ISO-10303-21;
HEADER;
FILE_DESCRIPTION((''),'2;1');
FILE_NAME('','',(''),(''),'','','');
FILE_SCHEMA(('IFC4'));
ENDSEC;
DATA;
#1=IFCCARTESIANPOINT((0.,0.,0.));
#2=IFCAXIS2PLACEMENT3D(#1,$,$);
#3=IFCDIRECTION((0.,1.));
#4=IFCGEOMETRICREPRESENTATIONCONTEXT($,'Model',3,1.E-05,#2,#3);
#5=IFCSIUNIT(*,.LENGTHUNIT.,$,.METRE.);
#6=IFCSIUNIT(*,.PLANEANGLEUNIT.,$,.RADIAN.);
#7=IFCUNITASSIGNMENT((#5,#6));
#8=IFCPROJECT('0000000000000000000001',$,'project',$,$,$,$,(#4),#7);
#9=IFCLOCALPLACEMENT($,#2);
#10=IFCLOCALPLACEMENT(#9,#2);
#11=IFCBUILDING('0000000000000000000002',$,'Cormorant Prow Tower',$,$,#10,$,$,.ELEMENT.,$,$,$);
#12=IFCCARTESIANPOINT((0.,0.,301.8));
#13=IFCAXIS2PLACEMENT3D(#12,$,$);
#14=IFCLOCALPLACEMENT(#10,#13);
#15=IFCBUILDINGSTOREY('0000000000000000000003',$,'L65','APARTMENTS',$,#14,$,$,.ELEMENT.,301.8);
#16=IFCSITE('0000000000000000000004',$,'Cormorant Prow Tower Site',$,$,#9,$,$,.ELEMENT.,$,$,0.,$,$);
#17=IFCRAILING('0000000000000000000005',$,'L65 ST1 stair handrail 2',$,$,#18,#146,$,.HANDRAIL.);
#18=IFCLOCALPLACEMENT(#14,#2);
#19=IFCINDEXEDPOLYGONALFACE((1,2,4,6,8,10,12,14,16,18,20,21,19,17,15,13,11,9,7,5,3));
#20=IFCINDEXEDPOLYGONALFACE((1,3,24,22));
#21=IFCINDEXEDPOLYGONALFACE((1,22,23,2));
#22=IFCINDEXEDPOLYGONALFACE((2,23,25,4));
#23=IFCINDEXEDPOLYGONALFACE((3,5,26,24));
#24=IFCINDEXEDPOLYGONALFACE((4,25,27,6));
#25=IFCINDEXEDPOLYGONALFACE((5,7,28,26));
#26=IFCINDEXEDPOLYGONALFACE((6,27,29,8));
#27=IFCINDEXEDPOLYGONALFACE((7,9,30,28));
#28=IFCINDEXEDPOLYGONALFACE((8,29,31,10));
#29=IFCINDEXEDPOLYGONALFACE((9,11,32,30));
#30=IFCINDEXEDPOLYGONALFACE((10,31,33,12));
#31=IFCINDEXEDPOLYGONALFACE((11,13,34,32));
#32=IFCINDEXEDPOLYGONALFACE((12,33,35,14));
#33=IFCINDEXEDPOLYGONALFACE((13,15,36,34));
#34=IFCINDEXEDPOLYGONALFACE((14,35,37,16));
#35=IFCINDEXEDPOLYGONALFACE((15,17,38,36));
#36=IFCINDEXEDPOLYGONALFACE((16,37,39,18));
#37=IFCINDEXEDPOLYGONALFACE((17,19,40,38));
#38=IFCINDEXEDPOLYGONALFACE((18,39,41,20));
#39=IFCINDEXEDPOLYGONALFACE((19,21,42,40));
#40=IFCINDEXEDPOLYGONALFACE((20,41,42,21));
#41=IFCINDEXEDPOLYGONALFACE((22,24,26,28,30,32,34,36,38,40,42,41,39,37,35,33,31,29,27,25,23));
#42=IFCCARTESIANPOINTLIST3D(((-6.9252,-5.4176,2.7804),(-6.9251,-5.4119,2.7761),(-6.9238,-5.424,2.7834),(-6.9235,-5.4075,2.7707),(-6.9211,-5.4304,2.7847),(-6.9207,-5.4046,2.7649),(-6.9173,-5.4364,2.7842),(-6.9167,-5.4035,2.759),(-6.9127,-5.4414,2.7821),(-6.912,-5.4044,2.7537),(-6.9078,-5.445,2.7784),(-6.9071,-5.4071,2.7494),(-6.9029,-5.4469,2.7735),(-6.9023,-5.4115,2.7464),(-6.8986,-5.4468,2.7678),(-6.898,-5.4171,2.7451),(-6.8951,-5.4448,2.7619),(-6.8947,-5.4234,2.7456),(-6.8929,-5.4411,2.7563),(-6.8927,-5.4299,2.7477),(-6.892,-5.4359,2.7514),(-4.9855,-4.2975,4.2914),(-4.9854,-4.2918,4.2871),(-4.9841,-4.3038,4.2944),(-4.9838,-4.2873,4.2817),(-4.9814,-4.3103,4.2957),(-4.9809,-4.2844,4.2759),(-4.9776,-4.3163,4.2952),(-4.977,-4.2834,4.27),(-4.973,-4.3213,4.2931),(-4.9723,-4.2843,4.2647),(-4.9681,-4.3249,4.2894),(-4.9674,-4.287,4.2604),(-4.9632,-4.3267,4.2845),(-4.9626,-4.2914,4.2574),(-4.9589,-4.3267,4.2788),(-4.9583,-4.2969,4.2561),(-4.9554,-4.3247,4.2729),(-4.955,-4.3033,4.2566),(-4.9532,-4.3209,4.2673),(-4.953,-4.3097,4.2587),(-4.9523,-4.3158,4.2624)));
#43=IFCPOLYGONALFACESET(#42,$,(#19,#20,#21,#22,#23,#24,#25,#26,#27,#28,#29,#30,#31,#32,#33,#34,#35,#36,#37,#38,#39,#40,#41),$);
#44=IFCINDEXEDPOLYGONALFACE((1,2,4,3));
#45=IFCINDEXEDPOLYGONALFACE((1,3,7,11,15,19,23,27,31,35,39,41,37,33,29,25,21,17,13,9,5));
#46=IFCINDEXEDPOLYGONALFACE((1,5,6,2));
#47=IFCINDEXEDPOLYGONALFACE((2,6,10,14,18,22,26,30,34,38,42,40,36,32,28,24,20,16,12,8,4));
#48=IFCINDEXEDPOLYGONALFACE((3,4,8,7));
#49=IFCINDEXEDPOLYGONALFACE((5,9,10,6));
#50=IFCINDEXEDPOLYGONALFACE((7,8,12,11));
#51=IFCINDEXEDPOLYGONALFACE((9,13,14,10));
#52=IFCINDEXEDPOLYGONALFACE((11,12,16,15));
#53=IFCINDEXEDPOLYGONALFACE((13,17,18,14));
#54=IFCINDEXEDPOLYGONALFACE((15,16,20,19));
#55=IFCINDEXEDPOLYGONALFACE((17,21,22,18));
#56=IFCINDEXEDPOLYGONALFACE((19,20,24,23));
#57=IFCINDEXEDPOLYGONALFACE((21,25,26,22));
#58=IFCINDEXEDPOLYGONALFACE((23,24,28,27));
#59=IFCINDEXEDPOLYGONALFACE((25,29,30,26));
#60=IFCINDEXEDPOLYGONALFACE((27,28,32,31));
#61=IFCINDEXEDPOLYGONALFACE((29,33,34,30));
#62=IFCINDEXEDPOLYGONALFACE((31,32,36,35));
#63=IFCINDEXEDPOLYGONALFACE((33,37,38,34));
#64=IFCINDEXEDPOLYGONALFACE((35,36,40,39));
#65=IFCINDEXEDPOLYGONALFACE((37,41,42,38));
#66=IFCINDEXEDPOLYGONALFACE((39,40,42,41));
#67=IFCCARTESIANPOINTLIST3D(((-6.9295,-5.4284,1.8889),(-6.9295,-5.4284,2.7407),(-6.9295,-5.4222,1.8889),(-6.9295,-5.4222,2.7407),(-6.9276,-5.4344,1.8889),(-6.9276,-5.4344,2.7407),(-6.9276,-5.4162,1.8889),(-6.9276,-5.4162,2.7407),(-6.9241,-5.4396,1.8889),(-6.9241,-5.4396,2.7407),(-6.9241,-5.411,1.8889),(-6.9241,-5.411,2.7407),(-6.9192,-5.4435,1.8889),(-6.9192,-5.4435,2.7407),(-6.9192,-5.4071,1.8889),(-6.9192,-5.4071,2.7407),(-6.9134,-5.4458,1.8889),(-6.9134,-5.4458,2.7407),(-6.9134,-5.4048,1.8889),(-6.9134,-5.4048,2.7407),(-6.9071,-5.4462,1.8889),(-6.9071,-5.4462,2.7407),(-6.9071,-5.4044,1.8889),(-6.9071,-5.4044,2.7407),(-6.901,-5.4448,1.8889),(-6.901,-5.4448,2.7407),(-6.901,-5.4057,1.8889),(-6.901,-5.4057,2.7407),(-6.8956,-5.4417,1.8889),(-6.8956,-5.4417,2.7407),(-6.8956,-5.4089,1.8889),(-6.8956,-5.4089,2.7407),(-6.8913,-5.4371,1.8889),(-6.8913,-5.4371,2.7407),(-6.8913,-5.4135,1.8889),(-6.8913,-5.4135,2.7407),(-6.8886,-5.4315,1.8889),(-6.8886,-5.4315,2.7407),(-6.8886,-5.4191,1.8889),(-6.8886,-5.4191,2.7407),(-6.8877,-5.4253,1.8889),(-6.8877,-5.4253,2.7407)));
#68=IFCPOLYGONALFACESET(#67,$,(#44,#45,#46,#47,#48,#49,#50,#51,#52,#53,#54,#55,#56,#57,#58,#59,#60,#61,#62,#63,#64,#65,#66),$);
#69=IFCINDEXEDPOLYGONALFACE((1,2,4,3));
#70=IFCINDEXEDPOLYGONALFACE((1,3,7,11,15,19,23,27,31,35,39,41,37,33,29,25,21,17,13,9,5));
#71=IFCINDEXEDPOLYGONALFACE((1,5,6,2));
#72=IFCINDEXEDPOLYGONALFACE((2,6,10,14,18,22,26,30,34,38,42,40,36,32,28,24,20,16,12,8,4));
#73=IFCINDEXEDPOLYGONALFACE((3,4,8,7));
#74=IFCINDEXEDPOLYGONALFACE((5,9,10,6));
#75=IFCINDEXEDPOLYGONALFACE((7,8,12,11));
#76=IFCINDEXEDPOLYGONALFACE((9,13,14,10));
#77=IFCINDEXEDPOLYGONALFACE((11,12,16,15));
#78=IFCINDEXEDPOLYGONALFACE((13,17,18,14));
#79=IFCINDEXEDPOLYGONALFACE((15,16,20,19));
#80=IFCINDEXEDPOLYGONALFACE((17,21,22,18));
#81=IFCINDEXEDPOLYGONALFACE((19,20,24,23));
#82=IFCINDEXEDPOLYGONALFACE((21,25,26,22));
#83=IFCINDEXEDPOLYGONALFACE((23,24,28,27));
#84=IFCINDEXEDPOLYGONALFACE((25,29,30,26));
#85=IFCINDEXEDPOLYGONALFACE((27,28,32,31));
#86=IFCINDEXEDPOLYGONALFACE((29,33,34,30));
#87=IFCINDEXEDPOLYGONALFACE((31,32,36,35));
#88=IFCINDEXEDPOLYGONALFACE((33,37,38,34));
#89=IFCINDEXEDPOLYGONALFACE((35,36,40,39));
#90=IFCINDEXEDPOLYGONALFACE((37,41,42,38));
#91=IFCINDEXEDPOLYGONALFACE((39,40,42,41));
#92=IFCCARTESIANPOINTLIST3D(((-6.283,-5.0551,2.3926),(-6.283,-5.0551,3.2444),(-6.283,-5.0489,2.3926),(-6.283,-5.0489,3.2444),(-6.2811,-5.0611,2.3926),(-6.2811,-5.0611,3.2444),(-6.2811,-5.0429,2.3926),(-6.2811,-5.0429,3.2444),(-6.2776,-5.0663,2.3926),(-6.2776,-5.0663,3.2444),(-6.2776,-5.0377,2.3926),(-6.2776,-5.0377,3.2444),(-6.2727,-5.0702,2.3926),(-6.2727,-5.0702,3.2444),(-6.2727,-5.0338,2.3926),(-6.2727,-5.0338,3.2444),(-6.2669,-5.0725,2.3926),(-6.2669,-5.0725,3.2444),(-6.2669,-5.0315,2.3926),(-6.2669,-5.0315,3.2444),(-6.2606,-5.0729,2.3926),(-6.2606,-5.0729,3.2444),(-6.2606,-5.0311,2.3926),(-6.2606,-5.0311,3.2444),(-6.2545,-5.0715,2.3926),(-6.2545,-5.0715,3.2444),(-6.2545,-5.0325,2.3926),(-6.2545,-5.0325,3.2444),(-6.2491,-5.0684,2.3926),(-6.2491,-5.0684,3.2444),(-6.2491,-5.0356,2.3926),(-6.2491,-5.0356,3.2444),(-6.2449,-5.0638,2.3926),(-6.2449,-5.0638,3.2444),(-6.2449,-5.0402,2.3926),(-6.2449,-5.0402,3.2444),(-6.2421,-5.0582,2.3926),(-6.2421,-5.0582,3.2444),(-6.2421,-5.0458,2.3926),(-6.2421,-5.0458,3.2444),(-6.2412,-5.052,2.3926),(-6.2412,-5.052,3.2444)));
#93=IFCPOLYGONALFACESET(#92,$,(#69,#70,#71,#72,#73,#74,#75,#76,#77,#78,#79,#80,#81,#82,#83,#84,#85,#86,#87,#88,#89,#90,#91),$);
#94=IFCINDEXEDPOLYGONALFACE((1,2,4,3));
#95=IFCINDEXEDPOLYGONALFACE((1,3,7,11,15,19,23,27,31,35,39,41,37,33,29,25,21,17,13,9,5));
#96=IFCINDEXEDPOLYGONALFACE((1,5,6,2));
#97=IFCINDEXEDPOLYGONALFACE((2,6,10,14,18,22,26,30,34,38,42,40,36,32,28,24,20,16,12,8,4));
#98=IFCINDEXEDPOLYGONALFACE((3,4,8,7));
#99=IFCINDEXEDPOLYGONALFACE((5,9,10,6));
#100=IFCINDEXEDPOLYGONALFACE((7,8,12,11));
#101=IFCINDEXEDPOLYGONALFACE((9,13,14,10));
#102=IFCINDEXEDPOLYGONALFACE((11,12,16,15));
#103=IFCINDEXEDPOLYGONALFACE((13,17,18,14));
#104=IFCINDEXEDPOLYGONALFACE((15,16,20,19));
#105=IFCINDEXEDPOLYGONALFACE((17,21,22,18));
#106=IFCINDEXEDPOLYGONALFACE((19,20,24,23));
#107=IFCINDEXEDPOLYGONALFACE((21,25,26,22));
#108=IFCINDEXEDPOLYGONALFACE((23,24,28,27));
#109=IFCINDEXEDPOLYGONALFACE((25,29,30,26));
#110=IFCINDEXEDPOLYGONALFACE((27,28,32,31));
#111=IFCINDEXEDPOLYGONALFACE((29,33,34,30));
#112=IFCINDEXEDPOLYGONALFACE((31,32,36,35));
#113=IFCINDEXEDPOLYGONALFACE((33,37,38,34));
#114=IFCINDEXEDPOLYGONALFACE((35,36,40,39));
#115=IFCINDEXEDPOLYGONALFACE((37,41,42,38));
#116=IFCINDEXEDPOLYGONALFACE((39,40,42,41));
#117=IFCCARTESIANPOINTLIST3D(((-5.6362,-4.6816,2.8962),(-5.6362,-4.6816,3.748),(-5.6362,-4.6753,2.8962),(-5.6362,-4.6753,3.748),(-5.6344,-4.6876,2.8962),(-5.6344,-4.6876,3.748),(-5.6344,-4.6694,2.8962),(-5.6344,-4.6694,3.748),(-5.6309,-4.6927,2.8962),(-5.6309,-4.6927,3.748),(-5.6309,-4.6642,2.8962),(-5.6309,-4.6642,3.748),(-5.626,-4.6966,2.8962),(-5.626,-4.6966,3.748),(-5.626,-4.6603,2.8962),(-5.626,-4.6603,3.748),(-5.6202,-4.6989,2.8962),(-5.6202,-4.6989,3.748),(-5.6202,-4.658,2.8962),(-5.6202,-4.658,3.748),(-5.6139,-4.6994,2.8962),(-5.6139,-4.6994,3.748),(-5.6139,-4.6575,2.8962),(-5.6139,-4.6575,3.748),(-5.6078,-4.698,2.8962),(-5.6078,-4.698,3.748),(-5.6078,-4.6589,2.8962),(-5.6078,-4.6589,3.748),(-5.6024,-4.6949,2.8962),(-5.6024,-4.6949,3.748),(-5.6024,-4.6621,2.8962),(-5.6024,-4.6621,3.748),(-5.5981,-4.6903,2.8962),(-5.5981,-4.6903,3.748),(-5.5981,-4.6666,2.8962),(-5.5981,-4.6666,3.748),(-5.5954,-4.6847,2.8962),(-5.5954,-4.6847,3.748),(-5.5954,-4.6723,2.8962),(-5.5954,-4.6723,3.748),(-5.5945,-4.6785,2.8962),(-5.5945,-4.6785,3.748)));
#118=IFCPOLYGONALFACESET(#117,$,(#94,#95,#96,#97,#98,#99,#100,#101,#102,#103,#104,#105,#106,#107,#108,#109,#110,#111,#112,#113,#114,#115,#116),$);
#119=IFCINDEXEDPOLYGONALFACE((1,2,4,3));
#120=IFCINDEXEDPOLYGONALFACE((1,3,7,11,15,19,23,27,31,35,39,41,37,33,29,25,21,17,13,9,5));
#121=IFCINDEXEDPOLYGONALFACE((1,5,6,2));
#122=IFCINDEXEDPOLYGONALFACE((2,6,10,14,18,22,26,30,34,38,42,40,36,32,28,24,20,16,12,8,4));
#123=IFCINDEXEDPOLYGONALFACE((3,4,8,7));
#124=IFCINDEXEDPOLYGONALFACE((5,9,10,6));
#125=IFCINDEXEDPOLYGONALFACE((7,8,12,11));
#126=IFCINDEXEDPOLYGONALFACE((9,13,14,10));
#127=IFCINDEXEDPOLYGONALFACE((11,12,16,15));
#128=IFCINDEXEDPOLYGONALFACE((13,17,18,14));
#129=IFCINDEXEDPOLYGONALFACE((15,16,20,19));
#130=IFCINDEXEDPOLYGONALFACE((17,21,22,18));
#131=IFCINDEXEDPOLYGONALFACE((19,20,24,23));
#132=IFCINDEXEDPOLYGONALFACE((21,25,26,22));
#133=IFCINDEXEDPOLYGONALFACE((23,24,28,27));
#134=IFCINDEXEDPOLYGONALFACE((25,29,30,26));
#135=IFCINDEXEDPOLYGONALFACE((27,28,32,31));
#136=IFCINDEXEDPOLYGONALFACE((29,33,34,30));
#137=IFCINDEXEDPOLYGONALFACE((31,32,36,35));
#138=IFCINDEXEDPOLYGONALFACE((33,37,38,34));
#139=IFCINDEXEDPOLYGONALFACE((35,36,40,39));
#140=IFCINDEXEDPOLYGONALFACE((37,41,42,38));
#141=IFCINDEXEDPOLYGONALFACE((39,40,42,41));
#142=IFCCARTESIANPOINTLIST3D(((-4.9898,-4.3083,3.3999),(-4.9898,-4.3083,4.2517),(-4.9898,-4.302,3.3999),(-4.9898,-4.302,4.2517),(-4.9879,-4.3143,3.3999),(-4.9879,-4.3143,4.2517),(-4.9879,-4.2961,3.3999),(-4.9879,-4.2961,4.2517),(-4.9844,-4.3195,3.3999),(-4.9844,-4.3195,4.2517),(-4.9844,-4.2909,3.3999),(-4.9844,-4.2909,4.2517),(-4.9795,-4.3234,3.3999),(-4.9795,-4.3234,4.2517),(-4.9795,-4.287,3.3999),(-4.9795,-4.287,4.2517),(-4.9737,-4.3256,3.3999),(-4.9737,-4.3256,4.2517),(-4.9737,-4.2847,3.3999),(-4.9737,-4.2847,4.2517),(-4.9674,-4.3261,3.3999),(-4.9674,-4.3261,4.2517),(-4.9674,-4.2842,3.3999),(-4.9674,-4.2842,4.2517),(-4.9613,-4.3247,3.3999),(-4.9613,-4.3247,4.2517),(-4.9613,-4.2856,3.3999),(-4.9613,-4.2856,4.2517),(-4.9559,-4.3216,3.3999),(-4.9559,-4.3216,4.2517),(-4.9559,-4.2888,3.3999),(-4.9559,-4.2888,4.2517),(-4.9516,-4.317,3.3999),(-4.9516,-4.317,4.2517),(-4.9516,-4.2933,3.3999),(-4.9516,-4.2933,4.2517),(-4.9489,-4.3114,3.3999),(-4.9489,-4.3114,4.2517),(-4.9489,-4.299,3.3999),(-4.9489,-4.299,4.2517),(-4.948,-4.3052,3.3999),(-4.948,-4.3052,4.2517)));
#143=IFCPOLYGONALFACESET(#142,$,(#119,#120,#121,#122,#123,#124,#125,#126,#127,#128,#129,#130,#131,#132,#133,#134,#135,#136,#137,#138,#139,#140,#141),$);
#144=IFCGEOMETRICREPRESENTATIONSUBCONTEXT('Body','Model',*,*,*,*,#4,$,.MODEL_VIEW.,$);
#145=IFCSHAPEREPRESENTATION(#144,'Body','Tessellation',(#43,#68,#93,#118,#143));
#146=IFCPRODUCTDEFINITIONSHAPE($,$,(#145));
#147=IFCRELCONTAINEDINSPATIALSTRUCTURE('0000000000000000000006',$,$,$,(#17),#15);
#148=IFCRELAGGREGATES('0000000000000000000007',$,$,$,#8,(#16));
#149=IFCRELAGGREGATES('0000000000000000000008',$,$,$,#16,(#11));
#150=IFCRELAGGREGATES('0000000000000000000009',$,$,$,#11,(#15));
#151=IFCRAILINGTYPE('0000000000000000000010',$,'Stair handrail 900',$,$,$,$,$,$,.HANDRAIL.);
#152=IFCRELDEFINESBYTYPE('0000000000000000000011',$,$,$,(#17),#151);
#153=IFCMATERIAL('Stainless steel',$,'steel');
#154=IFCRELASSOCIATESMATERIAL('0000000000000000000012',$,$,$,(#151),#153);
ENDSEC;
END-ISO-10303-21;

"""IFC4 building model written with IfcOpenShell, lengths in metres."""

from ifc_helpers import new_model, si_unit, direction, frame, origin, origin_2d, place, context, subcontext, project, spatial, circle, extrude, material, type_object, element, save


model = new_model("IFC4")

# Units and contexts
model_context = context("Model", 3, precision=1e-05, world=origin(), true_north=direction((0.0, 1.0)))
body_context = subcontext(model_context, "Body", "Model", "MODEL_VIEW")
ifc_project = project(units=[si_unit("LENGTHUNIT", "METRE"), si_unit("PLANEANGLEUNIT", "RADIAN")], contexts=[model_context])

# Site, building, storey
site_placement = place(None, origin())
site = spatial("IfcSite", under=ifc_project, at=site_placement, Name="Cormorant Prow Tower Site", CompositionType="ELEMENT", RefElevation=0.0)
building_placement = place(site_placement, origin())
building = spatial("IfcBuilding", under=site, at=building_placement, Name="Cormorant Prow Tower", CompositionType="ELEMENT")
storey_placement = place(building_placement, frame((0.0, 0.0, 301.8)))
storey = spatial("IfcBuildingStorey", under=building, at=storey_placement, Name="L65", Description="APARTMENTS", CompositionType="ELEMENT", Elevation=301.8)

# Railing
ifc_material_1 = material(Name="Stainless steel", Category="steel")
railing_type_1 = type_object("IfcRailingType", Name="Stair handrail 900", PredefinedType="HANDRAIL", material=ifc_material_1)
railing_1_placement = place(storey_placement, frame((-6.9087, -5.4253, 1.8889)))
element("IfcRailing", 1, at=railing_1_placement, inside=storey, type_object=railing_type_1, Name="L65 ST1 stair handrail 2", PredefinedType="HANDRAIL", context=body_context, shape_type="SweptSolid", body=[
    extrude(circle(Radius=0.0239, at=origin_2d()), frame((0.0, 0.0, 0.876), z_axis=(0.717906, 0.414569, 0.559235), x_axis=(-0.500078, 0.86598, 0.0)), (0.0, 0.0, 1.0), 2.7019),
    extrude(circle(Radius=0.021, at=origin_2d()), origin(), (0.0, 0.0, 1.0), 0.8518),
    extrude(circle(Radius=0.021, at=origin_2d()), frame((0.6465, 0.3733, 0.5037)), (0.0, 0.0, 1.0), 0.8518),
    extrude(circle(Radius=0.021, at=origin_2d()), frame((1.2932, 0.7468, 1.0073)), (0.0, 0.0, 1.0), 0.8518),
    extrude(circle(Radius=0.021, at=origin_2d()), frame((1.9397, 1.1201, 1.511)), (0.0, 0.0, 1.0), 0.8518),
])

save(model, "model.ifc")
